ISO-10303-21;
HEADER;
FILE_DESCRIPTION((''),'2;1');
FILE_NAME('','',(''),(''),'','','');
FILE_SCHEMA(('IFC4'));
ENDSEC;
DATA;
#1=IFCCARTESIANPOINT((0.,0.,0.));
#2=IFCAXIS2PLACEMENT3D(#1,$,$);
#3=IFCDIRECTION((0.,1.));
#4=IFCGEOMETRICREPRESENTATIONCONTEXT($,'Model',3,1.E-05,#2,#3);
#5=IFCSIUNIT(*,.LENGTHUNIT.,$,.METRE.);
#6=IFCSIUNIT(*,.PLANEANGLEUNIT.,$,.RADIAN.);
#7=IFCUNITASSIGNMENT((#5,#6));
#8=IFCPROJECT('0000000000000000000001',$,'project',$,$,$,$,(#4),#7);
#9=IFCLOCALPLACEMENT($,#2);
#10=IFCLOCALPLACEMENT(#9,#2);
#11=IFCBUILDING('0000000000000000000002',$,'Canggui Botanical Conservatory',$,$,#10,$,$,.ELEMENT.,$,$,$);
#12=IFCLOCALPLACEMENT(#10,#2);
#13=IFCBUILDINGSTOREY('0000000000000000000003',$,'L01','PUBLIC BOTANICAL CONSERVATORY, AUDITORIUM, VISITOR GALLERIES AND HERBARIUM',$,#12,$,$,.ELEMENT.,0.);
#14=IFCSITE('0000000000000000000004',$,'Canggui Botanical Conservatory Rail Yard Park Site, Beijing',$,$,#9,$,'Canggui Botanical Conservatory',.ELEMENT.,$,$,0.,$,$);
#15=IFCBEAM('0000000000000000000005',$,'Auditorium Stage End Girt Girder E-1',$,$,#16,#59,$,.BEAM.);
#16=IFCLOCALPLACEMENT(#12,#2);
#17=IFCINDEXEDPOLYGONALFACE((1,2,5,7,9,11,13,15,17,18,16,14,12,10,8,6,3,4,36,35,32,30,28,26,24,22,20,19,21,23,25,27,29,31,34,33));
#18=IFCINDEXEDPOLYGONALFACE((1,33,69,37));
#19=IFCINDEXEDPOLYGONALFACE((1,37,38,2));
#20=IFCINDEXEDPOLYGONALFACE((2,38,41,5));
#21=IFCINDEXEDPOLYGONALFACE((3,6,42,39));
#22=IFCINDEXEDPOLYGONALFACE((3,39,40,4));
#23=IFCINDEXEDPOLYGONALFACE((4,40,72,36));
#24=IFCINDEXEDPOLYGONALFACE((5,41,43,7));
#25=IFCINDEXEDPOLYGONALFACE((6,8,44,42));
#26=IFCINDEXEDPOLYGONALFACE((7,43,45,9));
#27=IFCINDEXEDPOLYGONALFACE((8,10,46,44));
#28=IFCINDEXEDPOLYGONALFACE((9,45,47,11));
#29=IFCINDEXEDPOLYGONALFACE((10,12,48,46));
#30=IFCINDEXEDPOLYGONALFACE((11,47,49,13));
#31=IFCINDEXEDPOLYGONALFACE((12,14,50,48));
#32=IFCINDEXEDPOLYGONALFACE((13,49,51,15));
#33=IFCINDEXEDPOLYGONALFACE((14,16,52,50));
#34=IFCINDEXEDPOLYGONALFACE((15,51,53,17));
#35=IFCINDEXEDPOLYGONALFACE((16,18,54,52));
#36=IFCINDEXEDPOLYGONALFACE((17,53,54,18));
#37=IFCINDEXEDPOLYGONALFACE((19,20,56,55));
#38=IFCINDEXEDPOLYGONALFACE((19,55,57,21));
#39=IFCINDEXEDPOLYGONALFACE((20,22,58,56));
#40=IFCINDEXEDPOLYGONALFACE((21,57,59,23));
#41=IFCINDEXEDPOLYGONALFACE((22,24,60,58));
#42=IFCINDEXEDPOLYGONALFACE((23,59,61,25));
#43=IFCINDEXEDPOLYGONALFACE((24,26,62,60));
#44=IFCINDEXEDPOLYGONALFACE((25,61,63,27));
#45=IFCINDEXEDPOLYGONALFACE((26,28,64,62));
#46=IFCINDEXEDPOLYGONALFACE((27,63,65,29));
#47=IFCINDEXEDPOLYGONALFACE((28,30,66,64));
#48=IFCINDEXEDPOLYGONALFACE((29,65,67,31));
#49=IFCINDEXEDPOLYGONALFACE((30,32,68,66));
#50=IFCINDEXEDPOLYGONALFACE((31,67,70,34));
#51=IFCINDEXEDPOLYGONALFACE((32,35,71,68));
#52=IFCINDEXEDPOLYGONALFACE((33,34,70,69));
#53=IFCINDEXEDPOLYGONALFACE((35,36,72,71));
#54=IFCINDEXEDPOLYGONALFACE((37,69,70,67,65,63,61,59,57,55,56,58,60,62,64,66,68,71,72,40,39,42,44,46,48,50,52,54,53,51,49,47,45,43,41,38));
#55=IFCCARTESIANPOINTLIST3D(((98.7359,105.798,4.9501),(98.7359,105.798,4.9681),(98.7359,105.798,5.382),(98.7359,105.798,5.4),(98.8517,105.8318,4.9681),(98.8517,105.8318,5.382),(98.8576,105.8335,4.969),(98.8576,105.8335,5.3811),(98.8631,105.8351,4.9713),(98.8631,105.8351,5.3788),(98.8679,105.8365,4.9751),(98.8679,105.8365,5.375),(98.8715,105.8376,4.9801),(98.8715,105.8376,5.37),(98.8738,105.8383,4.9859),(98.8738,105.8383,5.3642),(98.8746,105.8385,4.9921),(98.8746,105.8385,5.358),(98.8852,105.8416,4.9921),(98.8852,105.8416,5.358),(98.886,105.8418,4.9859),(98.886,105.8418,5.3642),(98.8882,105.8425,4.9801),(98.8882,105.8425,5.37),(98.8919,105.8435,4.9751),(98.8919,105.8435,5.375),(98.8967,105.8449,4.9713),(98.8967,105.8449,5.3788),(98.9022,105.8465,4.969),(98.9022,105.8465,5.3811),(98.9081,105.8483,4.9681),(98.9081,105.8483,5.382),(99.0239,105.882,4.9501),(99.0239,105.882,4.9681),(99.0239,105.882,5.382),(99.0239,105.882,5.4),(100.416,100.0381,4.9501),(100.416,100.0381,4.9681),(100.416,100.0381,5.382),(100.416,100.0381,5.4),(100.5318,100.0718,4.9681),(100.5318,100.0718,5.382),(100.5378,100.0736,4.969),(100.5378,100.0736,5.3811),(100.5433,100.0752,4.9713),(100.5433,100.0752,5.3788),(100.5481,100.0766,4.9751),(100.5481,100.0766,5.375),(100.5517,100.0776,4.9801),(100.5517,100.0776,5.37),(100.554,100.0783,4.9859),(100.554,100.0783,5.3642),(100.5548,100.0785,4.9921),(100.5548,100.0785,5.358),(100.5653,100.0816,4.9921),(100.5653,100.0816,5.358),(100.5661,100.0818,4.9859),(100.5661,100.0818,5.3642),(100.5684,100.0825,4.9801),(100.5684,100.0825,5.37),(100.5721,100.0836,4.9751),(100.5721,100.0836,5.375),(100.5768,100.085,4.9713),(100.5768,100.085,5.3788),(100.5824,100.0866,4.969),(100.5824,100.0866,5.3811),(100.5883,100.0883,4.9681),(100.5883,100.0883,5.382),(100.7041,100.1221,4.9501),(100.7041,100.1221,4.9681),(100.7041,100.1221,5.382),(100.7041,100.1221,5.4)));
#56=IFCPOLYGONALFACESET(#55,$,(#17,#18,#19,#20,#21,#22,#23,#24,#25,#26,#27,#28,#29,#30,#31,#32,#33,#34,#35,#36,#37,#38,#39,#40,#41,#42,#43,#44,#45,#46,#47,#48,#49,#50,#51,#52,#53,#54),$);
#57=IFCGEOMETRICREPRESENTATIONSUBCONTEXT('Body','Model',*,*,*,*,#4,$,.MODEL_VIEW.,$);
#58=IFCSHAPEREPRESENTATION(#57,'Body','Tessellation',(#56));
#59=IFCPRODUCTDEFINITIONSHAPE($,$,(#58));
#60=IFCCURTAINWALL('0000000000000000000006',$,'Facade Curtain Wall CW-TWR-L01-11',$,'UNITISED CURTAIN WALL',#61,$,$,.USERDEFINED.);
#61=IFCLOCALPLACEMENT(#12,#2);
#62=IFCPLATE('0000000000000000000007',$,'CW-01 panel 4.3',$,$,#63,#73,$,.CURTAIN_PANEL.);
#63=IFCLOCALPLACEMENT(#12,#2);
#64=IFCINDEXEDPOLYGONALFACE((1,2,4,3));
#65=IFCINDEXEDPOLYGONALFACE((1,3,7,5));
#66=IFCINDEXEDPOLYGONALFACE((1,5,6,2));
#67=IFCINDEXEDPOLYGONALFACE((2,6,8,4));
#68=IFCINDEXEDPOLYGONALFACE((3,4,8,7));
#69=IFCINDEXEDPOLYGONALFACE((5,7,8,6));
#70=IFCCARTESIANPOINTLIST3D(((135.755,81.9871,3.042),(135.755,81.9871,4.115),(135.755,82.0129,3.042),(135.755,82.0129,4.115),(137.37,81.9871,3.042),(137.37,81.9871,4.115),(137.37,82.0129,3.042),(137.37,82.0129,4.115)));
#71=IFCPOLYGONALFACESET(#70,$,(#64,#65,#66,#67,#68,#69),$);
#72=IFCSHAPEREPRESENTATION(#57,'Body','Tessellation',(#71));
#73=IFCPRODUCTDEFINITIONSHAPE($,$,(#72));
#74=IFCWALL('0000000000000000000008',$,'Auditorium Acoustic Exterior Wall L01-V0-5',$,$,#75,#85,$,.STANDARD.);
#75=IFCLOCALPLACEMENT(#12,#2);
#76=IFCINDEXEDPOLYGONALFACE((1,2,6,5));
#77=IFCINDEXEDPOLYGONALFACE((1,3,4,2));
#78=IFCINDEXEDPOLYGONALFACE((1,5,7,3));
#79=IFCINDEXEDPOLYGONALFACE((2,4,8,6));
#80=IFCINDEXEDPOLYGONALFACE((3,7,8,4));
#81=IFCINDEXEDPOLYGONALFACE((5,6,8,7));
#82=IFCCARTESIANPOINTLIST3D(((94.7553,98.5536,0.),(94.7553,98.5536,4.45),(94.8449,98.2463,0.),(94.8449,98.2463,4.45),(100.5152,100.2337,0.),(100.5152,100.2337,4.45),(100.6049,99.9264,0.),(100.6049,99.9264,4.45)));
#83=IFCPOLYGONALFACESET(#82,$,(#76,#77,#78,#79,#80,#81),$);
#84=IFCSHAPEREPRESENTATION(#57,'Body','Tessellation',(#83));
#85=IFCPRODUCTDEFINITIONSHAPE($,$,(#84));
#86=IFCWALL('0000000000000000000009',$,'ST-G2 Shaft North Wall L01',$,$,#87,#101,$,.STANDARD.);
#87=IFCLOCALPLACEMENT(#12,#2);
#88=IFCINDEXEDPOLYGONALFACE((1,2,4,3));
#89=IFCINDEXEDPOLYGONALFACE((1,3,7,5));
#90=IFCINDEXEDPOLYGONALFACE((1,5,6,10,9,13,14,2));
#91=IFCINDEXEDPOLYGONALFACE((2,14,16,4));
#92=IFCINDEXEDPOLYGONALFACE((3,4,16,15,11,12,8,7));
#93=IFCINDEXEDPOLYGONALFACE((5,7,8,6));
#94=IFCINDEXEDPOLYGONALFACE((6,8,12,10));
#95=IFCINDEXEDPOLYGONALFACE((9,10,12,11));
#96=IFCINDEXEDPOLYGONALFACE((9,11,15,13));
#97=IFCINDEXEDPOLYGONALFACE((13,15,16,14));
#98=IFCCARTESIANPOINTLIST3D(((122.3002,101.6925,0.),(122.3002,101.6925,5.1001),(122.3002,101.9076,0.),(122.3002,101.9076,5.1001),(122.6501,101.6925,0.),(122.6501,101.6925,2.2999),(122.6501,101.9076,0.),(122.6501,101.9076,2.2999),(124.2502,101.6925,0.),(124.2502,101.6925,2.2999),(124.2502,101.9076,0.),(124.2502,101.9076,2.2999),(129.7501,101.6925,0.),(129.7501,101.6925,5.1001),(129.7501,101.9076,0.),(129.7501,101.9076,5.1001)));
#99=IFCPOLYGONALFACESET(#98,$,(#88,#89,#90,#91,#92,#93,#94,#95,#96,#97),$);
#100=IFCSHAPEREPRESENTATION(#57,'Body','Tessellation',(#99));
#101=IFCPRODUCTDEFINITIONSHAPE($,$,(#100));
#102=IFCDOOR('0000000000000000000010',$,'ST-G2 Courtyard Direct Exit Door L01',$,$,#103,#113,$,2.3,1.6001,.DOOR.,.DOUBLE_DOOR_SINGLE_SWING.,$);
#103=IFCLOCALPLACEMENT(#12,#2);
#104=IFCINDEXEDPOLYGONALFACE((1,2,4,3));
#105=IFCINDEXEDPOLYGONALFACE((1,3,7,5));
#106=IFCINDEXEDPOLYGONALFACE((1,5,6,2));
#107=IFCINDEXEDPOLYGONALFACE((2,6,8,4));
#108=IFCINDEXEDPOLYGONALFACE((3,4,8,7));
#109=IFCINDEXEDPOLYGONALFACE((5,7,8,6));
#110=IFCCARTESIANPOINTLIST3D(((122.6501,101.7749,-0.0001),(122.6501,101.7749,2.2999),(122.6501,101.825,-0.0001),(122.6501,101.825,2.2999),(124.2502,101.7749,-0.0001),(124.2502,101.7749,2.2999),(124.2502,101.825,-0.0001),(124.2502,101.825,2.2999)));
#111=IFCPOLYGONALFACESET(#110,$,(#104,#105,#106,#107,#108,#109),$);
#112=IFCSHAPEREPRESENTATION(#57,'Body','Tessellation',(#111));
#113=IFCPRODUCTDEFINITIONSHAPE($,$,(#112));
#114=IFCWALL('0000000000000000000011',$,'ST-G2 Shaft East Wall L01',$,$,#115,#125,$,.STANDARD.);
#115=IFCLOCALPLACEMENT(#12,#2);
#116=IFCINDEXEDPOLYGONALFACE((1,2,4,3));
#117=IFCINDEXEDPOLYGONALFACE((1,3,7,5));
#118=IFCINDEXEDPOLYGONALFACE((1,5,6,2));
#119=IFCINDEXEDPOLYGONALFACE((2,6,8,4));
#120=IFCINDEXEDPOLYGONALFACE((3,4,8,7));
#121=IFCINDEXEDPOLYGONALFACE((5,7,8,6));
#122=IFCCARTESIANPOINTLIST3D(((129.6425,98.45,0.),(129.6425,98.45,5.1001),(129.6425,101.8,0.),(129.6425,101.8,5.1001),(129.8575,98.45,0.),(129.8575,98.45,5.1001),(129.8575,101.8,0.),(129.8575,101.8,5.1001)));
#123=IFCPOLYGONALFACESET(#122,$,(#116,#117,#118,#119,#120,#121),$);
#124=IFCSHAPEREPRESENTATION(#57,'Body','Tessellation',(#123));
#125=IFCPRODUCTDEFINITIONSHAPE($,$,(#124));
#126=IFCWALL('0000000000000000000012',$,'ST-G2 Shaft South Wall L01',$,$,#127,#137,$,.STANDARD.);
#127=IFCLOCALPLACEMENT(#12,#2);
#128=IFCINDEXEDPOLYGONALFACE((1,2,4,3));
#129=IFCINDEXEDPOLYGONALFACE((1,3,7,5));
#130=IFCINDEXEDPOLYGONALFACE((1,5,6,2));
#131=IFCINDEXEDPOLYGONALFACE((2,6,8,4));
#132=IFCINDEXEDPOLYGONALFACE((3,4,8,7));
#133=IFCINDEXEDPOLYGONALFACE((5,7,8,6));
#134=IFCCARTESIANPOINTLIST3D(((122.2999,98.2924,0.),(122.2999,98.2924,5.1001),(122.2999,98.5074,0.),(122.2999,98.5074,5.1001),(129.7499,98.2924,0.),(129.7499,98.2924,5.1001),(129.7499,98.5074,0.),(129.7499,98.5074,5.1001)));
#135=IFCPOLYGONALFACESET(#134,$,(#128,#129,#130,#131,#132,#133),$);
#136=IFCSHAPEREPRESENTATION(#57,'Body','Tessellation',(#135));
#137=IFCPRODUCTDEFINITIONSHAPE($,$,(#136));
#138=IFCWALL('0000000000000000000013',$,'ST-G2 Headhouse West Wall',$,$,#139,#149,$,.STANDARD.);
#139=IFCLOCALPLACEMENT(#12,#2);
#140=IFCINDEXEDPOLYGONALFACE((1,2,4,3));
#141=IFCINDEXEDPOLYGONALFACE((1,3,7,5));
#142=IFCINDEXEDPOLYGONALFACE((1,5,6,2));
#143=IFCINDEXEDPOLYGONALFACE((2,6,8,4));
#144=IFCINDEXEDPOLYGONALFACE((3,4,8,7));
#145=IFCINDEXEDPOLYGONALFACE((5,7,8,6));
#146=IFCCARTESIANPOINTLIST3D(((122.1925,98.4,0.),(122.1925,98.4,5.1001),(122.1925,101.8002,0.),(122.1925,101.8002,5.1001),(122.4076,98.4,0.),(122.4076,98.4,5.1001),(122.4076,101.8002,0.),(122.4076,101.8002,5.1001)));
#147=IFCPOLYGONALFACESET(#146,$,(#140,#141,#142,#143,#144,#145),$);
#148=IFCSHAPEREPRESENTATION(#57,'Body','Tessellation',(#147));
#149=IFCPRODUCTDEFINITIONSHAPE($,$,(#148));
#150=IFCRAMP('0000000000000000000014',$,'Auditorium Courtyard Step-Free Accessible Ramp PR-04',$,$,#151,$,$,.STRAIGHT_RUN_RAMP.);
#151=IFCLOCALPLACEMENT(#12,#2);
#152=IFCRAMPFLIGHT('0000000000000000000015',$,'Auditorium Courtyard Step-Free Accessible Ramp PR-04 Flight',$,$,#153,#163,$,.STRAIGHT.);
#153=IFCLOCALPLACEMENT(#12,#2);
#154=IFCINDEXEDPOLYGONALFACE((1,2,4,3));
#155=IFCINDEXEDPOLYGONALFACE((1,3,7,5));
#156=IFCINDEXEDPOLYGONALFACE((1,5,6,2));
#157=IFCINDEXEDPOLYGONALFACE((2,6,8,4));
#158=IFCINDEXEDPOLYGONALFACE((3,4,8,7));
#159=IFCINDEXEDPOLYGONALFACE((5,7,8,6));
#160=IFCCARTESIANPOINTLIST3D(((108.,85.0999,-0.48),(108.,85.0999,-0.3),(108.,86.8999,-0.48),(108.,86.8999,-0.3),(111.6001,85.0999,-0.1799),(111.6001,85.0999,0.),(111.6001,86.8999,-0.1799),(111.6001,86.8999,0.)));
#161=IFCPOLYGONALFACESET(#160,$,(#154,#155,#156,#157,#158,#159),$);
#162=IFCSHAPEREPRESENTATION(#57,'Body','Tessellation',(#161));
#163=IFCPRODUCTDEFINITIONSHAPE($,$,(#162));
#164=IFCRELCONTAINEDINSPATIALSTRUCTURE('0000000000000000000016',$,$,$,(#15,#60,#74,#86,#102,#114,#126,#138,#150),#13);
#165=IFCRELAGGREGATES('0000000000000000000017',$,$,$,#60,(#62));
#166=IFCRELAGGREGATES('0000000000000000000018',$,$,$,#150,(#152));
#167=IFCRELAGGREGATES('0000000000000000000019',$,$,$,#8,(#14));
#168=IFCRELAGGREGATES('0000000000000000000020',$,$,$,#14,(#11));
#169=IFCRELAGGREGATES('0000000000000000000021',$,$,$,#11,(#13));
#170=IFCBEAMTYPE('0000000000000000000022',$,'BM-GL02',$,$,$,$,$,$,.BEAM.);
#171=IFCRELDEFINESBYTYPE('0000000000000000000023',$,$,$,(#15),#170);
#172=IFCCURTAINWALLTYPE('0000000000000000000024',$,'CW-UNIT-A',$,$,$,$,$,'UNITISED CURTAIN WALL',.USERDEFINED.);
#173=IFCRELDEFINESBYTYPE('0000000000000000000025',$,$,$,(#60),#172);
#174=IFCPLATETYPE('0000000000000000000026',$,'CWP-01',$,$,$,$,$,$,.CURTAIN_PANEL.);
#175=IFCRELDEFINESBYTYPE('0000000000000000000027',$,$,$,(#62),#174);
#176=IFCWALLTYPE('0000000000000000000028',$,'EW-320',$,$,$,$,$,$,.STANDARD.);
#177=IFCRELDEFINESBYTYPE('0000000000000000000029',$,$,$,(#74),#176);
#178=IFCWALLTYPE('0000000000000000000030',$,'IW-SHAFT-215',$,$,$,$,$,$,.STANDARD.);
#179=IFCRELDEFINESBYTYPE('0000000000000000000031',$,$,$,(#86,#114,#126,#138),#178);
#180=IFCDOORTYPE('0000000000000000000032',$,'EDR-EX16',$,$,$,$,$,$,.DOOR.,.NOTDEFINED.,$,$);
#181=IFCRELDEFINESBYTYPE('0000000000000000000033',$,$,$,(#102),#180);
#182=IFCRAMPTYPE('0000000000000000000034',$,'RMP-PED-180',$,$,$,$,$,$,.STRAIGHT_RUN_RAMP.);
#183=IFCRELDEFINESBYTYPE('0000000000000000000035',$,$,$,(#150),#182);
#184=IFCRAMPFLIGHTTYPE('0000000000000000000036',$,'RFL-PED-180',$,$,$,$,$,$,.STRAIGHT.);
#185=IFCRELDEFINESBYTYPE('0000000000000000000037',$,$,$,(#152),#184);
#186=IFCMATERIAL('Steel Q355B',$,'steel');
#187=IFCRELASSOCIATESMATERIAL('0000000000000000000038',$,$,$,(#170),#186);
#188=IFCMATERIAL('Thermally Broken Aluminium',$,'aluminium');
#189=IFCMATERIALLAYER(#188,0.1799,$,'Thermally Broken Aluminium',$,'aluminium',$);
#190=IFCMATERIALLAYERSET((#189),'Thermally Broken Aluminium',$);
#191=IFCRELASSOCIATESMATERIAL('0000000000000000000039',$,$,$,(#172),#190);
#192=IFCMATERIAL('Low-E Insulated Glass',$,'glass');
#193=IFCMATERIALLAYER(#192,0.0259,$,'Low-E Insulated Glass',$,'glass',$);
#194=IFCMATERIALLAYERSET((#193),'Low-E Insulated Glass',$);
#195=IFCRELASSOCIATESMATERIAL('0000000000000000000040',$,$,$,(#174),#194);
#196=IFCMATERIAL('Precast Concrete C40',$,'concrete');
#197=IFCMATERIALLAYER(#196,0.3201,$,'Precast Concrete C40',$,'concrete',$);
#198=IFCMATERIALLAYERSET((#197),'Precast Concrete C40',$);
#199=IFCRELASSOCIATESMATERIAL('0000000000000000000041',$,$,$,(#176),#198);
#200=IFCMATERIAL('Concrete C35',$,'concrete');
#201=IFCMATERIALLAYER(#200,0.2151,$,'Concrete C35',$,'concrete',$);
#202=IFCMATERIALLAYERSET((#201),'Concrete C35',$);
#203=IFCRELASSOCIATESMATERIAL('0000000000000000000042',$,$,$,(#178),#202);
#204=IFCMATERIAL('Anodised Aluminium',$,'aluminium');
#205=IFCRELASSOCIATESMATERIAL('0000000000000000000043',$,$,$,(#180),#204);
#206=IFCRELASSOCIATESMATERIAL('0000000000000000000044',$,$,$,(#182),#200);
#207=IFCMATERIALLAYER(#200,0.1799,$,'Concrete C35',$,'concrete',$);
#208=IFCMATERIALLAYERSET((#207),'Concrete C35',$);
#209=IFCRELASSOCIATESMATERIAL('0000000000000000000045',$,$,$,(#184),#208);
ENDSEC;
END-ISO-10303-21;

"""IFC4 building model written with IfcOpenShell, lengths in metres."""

from ifc_helpers import new_model, si_unit, direction, frame, frame_2d, origin, origin_2d, place, context, subcontext, project, spatial, polyline, rectangle, i_section, outline, extrude, material, layer, layer_set, material_profile, profile_set, type_object, element, fill, aggregate, save


model = new_model("IFC4")

# Units and contexts
model_context = context("Model", 3, precision=1e-05, world=origin(), true_north=direction((0.0, 1.0)))
body_context = subcontext(model_context, "Body", "Model", "MODEL_VIEW")
ifc_project = project(units=[si_unit("LENGTHUNIT", "METRE"), si_unit("PLANEANGLEUNIT", "RADIAN")], contexts=[model_context])

# Site, building, storey
site_placement = place(None, origin())
site = spatial("IfcSite", under=ifc_project, at=site_placement, Name="Canggui Botanical Conservatory Rail Yard Park Site, Beijing", LongName="Canggui Botanical Conservatory", CompositionType="ELEMENT", RefElevation=0.0)
building_placement = place(site_placement, origin())
building = spatial("IfcBuilding", under=site, at=building_placement, Name="Canggui Botanical Conservatory", CompositionType="ELEMENT")
storey_placement = place(building_placement, origin())
storey = spatial("IfcBuildingStorey", under=building, at=storey_placement, Name="L01", Description="PUBLIC BOTANICAL CONSERVATORY, AUDITORIUM, VISITOR GALLERIES AND HERBARIUM", CompositionType="ELEMENT", Elevation=0.0)

# Shared definitions
ifc_material_1 = material(Name="Concrete C35", Category="concrete")

# Beam
ifc_material_2 = material(Name="Steel Q355B", Category="steel")
ifc_material_profile_1 = material_profile(ifc_material_2, i_section(OverallWidth=0.3, OverallDepth=0.45, WebThickness=0.011, FlangeThickness=0.0181, FilletRadius=0.0239, at=origin_2d()), Name="HM 450x300x11x18")
ifc_profile_set_1 = profile_set([ifc_material_profile_1], Name="Steel Q355B")
beam_type = type_object("IfcBeamType", Name="BM-GL02", PredefinedType="BEAM", material=ifc_profile_set_1)
beam_placement = place(storey_placement, frame((100.5601, 100.0801, 5.175), z_axis=(-0.280027, 0.959992, 0.0), x_axis=(-0.959992, -0.280027, 0.0)))
element("IfcBeam", 1, at=beam_placement, inside=storey, type_object=beam_type, Name="Auditorium Stage End Girt Girder E-1", PredefinedType="BEAM", context=body_context, shape_type="SweptSolid", body=[
    extrude(i_section(OverallWidth=0.3, OverallDepth=0.45, WebThickness=0.011, FlangeThickness=0.0181, FilletRadius=0.0239, at=origin_2d()), origin(), (0.0, 0.0, 1.0), 6.0),
])

# Curtain wall, plate
ifc_material_3 = material(Name="Thermally Broken Aluminium", Category="aluminium")
ifc_layer_1 = layer(ifc_material_3, 0.1799, Name="Thermally Broken Aluminium", Category="aluminium")
ifc_layer_set_1 = layer_set([ifc_layer_1], Name="Thermally Broken Aluminium")
curtain_wall_type = type_object("IfcCurtainWallType", Name="CW-UNIT-A", ElementType="UNITISED CURTAIN WALL", PredefinedType="USERDEFINED", material=ifc_layer_set_1)
curtain_wall_placement = place(storey_placement, origin())
curtain_wall = element("IfcCurtainWall", 2, at=curtain_wall_placement, inside=storey, type_object=curtain_wall_type, Name="Facade Curtain Wall CW-TWR-L01-11", ObjectType="UNITISED CURTAIN WALL", PredefinedType="USERDEFINED")
ifc_material_4 = material(Name="Low-E Insulated Glass", Category="glass")
ifc_layer_2 = layer(ifc_material_4, 0.0259, Name="Low-E Insulated Glass", Category="glass")
ifc_layer_set_2 = layer_set([ifc_layer_2], Name="Low-E Insulated Glass")
plate_type = type_object("IfcPlateType", Name="CWP-01", PredefinedType="CURTAIN_PANEL", material=ifc_layer_set_2)
plate_placement = place(storey_placement, frame((136.5625, 82.0, 3.042), z_axis=(0.0, 0.0, 1.0), x_axis=(1.0, 0.0, 0.0)))
plate = element("IfcPlate", 3, at=plate_placement, type_object=plate_type, Name="CW-01 panel 4.3", PredefinedType="CURTAIN_PANEL", context=body_context, shape_type="SweptSolid", body=[
    extrude(rectangle(XDim=1.615, YDim=0.0259, at=origin_2d()), origin(), (0.0, 0.0, 1.0), 1.073),
])
aggregate(curtain_wall, [plate])

# Wall
ifc_material_5 = material(Name="Precast Concrete C40", Category="concrete")
ifc_layer_3 = layer(ifc_material_5, 0.3201, Name="Precast Concrete C40", Category="concrete")
ifc_layer_set_3 = layer_set([ifc_layer_3], Name="Precast Concrete C40")
wall_type_1 = type_object("IfcWallType", Name="EW-320", PredefinedType="STANDARD", material=ifc_layer_set_3)
wall_1_placement = place(storey_placement, frame((100.5601, 100.0801, 0.0), z_axis=(0.0, 0.0, 1.0), x_axis=(-0.959992, -0.280027, 0.0)))
element("IfcWall", 4, at=wall_1_placement, inside=storey, type_object=wall_type_1, Name="Auditorium Acoustic Exterior Wall L01-V0-5", PredefinedType="STANDARD", context=body_context, shape_type="SweptSolid", body=[
    extrude(rectangle(XDim=6.0, YDim=0.3201, at=frame_2d((3.0, 0.0))), origin(), (0.0, 0.0, 1.0), 4.45),
])

# Wall, opening, door
ifc_layer_4 = layer(ifc_material_1, 0.2151, Name="Concrete C35", Category="concrete")
ifc_layer_set_4 = layer_set([ifc_layer_4], Name="Concrete C35")
wall_type_2 = type_object("IfcWallType", Name="IW-SHAFT-215", PredefinedType="STANDARD", material=ifc_layer_set_4)
wall_2_placement = place(storey_placement, frame((122.3, 101.8, 0.0), z_axis=(0.0, 0.0, 1.0), x_axis=(1.0, 0.0, 0.0)))
wall_2 = element("IfcWall", 5, at=wall_2_placement, inside=storey, type_object=wall_type_2, Name="ST-G2 Shaft North Wall L01", PredefinedType="STANDARD", context=body_context, shape_type="SweptSolid", body=[
    extrude(rectangle(XDim=7.45, YDim=0.2151, at=frame_2d((3.7251, 0.0))), origin(), (0.0, 0.0, 1.0), 5.1001),
])
opening_placement = place(wall_2_placement, frame((0.3501, 0.0, 0.0)))
opening = element("IfcOpeningElement", 6, at=opening_placement, cuts=wall_2, PredefinedType="OPENING", context=body_context, shape_type="SweptSolid", body=[
    extrude(rectangle(XDim=1.6001, YDim=2.3, at=frame_2d((0.8, 1.1499))), frame((0.0, 0.1177, 0.0), z_axis=(0.0, -1.0, 0.0), x_axis=(1.0, 0.0, 0.0)), (0.0, 0.0, 1.0), 0.2351),
])
ifc_material_6 = material(Name="Anodised Aluminium", Category="aluminium")
door_type = type_object("IfcDoorType", Name="EDR-EX16", OperationType="NOTDEFINED", PredefinedType="DOOR", material=ifc_material_6)
door_placement = place(opening_placement, origin())
door = element("IfcDoor", 7, at=door_placement, inside=storey, type_object=door_type, Name="ST-G2 Courtyard Direct Exit Door L01", OperationType="DOUBLE_DOOR_SINGLE_SWING", OverallHeight=2.3, OverallWidth=1.6001, PredefinedType="DOOR", context=body_context, shape_type="SweptSolid", body=[
    extrude(rectangle(XDim=1.6001, YDim=2.3, at=frame_2d((0.8, 1.1499))), frame((0.0, 0.0249, 0.0), z_axis=(0.0, -1.0, 0.0), x_axis=(1.0, 0.0, 0.0)), (0.0, 0.0, 1.0), 0.05),
])
fill(opening, door)

# Walls
wall_3_placement = place(storey_placement, frame((129.75, 98.45, 0.0), z_axis=(0.0, 0.0, 1.0), x_axis=(0.0, 1.0, 0.0)))
element("IfcWall", 8, at=wall_3_placement, inside=storey, type_object=wall_type_2, Name="ST-G2 Shaft East Wall L01", PredefinedType="STANDARD", context=body_context, shape_type="SweptSolid", body=[
    extrude(rectangle(XDim=3.3501, YDim=0.2151, at=frame_2d((1.675, 0.0))), origin(), (0.0, 0.0, 1.0), 5.1001),
])
wall_4_placement = place(storey_placement, frame((129.75, 98.3999, 0.0), z_axis=(0.0, 0.0, 1.0), x_axis=(-1.0, 0.0, 0.0)))
element("IfcWall", 9, at=wall_4_placement, inside=storey, type_object=wall_type_2, Name="ST-G2 Shaft South Wall L01", PredefinedType="STANDARD", context=body_context, shape_type="SweptSolid", body=[
    extrude(rectangle(XDim=7.45, YDim=0.2151, at=frame_2d((3.7251, 0.0))), origin(), (0.0, 0.0, 1.0), 5.1001),
])
wall_5_placement = place(storey_placement, frame((122.3, 98.3999, 0.0), z_axis=(0.0, 0.0, 1.0), x_axis=(0.0, 1.0, 0.0)))
element("IfcWall", 10, at=wall_5_placement, inside=storey, type_object=wall_type_2, Name="ST-G2 Headhouse West Wall", PredefinedType="STANDARD", context=body_context, shape_type="SweptSolid", body=[
    extrude(rectangle(XDim=3.4001, YDim=0.2151, at=frame_2d((1.7002, 0.0))), origin(), (0.0, 0.0, 1.0), 5.1001),
])

# Ramp, ramp flight
ramp_type = type_object("IfcRampType", Name="RMP-PED-180", PredefinedType="STRAIGHT_RUN_RAMP", material=ifc_material_1)
ramp_placement = place(storey_placement, origin())
ramp = element("IfcRamp", 11, at=ramp_placement, inside=storey, type_object=ramp_type, Name="Auditorium Courtyard Step-Free Accessible Ramp PR-04", PredefinedType="STRAIGHT_RUN_RAMP")
ifc_layer_5 = layer(ifc_material_1, 0.1799, Name="Concrete C35", Category="concrete")
ifc_layer_set_5 = layer_set([ifc_layer_5], Name="Concrete C35")
ramp_flight_type = type_object("IfcRampFlightType", Name="RFL-PED-180", PredefinedType="STRAIGHT", material=ifc_layer_set_5)
ramp_flight_placement = place(storey_placement, frame((108.0, 86.0, -0.3), z_axis=(0.0, 0.0, 1.0), x_axis=(1.0, 0.0, 0.0)))
ramp_flight = element("IfcRampFlight", 12, at=ramp_flight_placement, type_object=ramp_flight_type, Name="Auditorium Courtyard Step-Free Accessible Ramp PR-04 Flight", PredefinedType="STRAIGHT", context=body_context, shape_type="SweptSolid", body=[
    extrude(outline(polyline([(0.0, 0.0), (3.6001, 0.3), (3.6001, 0.1201), (0.0, -0.1799), (0.0, 0.0)])), frame((0.0, 0.8999, 0.0), z_axis=(0.0, -1.0, 0.0), x_axis=(1.0, 0.0, 0.0)), (0.0, 0.0, 1.0), 1.8),
])
aggregate(ramp, [ramp_flight])

save(model, "model.ifc")
